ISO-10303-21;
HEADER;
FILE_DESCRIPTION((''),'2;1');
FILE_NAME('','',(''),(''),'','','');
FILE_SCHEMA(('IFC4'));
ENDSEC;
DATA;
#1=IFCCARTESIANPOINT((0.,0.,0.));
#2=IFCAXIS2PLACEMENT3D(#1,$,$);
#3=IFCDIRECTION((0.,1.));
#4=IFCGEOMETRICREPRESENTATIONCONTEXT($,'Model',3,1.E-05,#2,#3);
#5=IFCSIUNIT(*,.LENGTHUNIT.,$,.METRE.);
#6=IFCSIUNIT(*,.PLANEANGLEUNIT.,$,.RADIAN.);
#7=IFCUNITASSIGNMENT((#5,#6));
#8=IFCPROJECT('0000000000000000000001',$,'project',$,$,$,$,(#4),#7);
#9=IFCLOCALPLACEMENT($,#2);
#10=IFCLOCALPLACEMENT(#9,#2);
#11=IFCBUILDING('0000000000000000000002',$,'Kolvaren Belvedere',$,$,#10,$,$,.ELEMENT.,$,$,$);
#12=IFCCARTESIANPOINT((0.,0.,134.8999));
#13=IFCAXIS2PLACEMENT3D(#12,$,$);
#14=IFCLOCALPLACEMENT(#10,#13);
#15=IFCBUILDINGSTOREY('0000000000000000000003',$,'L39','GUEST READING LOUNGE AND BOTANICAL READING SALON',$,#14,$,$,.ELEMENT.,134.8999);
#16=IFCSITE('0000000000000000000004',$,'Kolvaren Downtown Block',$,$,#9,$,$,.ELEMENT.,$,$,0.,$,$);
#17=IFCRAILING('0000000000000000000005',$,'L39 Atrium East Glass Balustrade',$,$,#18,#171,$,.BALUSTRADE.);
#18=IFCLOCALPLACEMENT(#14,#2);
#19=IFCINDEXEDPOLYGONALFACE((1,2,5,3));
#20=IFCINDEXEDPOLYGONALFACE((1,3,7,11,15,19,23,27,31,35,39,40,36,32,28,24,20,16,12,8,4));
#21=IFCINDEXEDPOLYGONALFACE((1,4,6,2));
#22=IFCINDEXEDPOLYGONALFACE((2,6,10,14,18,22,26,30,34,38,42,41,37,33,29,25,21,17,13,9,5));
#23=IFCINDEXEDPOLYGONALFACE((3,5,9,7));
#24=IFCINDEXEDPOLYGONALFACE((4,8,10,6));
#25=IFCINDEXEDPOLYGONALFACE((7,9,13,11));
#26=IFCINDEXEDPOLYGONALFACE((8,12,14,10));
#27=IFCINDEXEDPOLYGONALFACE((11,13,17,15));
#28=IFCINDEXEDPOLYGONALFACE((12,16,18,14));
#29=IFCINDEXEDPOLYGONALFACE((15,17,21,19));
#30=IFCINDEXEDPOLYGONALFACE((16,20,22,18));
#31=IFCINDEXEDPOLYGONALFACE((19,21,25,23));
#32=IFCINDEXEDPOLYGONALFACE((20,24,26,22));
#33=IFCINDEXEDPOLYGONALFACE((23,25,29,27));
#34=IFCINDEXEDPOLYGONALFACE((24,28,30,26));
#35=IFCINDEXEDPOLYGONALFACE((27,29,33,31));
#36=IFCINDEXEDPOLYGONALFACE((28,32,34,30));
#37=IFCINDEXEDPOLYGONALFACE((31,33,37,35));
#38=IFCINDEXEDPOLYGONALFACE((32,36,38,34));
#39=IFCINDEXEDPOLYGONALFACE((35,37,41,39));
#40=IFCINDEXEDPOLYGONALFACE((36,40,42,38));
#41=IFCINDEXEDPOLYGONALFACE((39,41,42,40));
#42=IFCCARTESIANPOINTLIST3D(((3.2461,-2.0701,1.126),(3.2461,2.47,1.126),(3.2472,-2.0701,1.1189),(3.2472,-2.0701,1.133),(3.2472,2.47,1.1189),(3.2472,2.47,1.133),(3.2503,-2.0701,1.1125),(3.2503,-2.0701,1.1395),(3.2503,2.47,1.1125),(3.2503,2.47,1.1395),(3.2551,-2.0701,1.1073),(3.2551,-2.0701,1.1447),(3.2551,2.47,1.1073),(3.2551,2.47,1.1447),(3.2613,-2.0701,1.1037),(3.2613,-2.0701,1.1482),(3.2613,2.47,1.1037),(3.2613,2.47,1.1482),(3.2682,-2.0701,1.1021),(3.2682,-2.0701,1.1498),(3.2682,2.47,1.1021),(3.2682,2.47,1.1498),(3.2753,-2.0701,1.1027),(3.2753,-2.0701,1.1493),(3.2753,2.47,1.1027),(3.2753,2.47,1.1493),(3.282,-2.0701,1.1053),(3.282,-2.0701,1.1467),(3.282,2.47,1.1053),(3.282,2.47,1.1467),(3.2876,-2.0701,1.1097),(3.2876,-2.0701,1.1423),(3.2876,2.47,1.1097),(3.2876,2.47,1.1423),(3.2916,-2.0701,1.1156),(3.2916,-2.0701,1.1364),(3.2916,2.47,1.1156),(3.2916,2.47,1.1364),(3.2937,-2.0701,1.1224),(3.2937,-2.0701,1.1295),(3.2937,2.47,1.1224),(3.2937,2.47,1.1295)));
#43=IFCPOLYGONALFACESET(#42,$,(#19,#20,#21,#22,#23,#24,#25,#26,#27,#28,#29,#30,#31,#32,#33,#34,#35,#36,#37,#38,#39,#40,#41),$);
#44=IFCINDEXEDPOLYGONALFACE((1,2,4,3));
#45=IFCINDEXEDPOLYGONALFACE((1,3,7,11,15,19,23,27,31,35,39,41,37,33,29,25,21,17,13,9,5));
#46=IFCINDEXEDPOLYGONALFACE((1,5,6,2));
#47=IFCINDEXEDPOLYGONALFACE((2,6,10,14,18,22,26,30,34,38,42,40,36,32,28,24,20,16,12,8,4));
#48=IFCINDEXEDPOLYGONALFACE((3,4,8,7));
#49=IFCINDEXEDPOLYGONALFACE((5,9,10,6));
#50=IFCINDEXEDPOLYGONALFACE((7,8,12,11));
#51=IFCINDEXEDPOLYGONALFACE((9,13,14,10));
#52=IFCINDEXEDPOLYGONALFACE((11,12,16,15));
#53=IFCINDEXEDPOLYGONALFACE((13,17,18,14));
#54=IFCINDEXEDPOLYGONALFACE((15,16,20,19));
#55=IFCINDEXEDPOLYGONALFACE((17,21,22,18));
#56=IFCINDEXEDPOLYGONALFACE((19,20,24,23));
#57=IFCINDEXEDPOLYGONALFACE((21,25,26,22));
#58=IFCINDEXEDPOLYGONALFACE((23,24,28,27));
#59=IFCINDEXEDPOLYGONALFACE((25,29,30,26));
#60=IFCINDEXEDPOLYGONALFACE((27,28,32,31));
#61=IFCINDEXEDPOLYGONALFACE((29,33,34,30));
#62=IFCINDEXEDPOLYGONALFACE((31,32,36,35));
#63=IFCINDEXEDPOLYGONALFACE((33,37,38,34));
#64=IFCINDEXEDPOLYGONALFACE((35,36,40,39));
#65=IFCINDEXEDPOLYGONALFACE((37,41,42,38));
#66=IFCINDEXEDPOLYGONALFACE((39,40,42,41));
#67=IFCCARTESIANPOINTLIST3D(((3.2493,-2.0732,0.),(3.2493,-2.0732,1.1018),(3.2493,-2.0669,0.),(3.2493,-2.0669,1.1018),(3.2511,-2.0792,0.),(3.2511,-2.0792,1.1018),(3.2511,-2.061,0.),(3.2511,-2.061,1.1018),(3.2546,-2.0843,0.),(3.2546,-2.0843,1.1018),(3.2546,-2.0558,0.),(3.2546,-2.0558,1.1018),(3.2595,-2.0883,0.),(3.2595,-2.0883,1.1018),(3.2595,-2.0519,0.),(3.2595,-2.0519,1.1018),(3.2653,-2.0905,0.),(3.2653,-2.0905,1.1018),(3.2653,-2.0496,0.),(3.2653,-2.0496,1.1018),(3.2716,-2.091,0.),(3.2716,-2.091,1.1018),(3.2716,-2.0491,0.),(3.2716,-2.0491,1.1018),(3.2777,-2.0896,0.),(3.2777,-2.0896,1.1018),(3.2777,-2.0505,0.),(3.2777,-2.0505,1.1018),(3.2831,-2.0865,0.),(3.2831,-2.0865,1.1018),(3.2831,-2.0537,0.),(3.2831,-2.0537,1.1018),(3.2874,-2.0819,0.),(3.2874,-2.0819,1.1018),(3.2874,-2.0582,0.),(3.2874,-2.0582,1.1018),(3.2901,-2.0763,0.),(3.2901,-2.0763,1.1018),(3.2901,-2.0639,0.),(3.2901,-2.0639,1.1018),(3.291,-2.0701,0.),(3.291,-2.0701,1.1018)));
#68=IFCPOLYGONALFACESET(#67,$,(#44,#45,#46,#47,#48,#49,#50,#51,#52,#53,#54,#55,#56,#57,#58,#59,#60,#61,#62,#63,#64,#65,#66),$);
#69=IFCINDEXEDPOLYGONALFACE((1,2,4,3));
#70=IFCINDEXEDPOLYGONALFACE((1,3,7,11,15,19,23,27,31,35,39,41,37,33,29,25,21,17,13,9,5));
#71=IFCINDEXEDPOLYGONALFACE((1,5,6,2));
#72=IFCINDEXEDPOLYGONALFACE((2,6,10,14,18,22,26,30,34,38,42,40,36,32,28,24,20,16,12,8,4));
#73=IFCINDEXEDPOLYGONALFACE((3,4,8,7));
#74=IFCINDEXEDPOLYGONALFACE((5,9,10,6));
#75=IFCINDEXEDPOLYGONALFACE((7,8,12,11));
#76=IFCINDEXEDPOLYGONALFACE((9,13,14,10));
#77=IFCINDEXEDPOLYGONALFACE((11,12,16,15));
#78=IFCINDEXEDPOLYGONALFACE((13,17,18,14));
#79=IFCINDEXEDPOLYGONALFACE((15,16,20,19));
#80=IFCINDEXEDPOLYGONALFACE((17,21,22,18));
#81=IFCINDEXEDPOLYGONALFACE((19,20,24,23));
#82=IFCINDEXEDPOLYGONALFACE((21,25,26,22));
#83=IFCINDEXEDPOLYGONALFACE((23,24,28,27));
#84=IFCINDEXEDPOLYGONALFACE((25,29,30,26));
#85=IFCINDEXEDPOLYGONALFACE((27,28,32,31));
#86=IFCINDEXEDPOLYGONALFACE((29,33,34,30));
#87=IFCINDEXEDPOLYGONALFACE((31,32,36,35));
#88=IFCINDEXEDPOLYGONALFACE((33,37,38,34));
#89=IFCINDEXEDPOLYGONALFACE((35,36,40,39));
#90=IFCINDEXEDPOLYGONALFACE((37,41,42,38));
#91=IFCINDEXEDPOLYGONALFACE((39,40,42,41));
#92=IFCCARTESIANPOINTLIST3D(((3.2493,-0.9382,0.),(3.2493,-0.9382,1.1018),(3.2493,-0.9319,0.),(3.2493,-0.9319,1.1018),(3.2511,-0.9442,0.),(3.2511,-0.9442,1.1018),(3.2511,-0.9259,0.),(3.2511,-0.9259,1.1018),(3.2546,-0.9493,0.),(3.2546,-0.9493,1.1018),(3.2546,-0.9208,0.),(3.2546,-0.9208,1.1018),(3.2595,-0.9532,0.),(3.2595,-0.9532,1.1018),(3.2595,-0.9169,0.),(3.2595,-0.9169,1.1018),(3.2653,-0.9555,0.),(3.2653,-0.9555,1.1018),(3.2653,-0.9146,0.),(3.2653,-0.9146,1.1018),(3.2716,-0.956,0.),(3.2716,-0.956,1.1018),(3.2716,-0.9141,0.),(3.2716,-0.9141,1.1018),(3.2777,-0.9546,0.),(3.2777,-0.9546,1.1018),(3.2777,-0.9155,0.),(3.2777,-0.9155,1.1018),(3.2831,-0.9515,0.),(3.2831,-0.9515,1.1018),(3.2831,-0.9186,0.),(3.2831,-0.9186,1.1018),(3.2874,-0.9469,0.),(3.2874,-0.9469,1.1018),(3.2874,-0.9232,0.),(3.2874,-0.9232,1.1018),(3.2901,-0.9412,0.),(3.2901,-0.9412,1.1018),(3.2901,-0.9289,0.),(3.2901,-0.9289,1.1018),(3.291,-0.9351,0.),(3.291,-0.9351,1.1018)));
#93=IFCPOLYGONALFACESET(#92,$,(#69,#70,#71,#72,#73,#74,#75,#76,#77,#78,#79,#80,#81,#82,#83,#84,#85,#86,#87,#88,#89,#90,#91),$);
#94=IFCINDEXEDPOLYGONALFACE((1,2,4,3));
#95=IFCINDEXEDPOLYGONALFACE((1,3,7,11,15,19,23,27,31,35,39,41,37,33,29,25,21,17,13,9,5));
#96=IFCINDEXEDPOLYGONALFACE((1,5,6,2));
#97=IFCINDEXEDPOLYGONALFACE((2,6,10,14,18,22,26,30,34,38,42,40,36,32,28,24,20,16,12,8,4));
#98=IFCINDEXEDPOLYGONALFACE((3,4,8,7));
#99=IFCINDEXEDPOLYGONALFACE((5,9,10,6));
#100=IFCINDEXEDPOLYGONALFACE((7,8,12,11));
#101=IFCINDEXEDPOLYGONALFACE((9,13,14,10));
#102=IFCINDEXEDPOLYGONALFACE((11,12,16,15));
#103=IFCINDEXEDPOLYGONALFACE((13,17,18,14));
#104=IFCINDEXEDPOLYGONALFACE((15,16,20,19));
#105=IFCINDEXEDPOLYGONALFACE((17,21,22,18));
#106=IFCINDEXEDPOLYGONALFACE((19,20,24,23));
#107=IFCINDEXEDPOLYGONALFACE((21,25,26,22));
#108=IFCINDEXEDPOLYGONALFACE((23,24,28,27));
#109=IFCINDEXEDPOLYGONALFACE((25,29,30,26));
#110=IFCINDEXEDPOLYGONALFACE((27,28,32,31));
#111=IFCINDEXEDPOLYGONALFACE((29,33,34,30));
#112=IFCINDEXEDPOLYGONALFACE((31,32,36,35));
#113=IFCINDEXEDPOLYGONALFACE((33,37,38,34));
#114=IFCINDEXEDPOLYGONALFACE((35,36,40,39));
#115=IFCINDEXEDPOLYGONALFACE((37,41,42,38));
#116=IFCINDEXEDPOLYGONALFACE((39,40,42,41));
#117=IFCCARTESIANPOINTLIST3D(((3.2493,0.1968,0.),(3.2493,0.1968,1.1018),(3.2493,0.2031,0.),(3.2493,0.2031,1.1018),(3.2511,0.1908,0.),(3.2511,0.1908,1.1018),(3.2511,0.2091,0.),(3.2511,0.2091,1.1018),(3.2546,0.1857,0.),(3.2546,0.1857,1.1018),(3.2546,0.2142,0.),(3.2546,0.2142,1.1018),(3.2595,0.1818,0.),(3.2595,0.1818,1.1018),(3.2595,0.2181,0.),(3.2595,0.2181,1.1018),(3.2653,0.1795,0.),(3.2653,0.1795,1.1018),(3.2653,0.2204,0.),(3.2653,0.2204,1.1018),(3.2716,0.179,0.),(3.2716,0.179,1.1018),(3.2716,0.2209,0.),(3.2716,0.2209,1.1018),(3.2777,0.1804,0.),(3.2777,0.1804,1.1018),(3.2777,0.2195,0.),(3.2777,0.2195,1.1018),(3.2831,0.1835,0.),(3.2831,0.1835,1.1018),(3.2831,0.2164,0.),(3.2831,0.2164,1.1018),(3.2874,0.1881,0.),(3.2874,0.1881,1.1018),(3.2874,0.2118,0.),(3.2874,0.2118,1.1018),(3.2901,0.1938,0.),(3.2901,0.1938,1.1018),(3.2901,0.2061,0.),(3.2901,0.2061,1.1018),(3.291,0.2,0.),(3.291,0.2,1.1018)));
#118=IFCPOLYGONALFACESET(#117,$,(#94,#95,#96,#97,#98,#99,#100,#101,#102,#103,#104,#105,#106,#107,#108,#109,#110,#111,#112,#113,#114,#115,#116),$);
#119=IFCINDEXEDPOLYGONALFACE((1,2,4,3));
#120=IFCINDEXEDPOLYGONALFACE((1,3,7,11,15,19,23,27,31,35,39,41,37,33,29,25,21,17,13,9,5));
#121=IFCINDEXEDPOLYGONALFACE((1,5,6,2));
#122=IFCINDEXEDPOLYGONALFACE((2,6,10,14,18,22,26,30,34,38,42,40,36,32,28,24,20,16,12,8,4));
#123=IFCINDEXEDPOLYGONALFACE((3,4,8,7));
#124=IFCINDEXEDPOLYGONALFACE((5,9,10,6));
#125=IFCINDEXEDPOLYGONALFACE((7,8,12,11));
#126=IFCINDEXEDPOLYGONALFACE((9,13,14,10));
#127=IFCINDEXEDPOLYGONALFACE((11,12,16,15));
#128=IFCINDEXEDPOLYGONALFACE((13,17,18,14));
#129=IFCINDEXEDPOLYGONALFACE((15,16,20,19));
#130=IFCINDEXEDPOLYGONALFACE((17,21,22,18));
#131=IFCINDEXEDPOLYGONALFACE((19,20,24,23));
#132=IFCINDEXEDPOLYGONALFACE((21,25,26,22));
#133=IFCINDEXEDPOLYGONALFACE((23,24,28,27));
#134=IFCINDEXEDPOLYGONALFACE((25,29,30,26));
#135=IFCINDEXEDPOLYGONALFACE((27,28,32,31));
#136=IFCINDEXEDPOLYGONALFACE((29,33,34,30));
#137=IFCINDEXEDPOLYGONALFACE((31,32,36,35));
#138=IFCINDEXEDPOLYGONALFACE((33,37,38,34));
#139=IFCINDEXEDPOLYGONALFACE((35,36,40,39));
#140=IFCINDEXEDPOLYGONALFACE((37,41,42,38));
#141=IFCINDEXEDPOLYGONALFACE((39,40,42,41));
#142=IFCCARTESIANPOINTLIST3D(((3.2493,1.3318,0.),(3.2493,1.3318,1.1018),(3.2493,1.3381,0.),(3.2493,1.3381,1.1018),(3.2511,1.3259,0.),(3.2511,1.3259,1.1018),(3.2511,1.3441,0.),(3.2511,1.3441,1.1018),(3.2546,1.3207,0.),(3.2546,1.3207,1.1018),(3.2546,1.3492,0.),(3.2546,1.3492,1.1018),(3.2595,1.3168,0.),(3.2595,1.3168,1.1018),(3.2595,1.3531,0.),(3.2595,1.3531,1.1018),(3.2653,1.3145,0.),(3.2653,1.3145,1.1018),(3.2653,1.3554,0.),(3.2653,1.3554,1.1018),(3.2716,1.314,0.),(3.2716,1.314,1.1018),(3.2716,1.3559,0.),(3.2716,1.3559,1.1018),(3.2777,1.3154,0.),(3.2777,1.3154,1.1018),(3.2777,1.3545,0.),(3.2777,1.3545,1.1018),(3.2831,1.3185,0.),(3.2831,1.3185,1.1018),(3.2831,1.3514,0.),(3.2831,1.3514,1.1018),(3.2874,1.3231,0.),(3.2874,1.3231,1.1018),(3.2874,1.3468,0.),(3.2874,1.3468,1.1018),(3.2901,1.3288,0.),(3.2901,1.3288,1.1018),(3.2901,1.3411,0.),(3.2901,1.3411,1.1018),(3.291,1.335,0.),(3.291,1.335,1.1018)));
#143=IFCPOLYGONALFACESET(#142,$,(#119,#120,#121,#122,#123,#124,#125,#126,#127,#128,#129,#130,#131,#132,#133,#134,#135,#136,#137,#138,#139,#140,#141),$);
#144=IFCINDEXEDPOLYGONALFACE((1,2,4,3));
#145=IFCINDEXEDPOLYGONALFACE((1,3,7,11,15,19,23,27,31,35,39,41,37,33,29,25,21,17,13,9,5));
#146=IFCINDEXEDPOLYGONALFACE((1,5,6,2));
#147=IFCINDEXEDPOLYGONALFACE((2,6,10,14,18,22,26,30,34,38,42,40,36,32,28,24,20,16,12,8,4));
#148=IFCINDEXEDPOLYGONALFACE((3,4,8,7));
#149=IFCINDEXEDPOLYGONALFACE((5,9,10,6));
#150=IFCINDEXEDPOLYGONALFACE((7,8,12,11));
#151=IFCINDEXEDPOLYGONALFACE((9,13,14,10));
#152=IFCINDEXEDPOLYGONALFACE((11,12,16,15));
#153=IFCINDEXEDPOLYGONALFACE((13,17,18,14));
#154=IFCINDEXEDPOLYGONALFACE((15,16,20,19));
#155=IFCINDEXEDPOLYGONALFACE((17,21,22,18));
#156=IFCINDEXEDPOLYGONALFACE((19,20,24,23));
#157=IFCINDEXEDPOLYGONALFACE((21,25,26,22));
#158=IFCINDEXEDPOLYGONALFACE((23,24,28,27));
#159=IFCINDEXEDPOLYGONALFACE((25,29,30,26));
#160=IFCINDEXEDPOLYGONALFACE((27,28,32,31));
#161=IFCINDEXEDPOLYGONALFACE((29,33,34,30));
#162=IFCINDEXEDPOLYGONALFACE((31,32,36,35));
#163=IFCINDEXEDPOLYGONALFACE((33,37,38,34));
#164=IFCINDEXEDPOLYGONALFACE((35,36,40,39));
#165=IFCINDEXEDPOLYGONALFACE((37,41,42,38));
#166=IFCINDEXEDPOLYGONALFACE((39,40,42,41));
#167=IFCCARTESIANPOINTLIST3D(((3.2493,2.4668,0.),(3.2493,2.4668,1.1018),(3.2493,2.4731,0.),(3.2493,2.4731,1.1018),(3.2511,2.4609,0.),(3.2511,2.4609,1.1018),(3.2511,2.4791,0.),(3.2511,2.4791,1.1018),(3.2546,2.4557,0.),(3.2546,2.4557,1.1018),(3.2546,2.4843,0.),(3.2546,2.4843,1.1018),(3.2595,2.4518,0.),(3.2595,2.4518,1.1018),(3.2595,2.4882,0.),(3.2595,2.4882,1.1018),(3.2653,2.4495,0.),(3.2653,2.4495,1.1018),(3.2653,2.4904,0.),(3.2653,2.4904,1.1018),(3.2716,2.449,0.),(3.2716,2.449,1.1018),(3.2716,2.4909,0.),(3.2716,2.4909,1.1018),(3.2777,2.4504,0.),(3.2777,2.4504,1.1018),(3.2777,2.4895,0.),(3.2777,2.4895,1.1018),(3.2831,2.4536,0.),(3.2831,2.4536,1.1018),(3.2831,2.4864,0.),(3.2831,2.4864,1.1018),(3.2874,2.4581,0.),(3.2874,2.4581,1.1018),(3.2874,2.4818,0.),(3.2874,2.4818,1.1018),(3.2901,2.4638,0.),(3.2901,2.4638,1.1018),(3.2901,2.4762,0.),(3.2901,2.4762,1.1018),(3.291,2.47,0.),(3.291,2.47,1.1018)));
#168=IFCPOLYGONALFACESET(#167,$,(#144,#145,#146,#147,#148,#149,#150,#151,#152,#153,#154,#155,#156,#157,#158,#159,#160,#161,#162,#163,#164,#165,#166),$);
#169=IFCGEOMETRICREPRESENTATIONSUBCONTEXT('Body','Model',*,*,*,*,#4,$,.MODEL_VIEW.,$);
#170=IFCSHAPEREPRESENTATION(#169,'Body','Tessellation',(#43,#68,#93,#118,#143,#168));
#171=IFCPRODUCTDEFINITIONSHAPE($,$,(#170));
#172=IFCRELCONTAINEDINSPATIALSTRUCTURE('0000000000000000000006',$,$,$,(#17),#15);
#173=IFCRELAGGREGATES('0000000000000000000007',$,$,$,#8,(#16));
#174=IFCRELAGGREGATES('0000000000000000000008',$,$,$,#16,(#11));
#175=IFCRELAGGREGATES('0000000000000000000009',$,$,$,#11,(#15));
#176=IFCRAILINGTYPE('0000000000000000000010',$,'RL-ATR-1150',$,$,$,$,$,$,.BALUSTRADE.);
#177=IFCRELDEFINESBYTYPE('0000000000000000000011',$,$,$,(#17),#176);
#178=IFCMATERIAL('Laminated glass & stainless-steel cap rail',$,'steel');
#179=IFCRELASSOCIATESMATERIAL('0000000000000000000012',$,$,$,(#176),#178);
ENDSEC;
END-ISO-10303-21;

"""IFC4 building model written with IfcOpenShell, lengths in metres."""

from ifc_helpers import new_model, si_unit, direction, frame, origin, origin_2d, place, context, subcontext, project, spatial, circle, extrude, material, type_object, element, save


model = new_model("IFC4")

# Units and contexts
model_context = context("Model", 3, precision=1e-05, world=origin(), true_north=direction((0.0, 1.0)))
body_context = subcontext(model_context, "Body", "Model", "MODEL_VIEW")
ifc_project = project(units=[si_unit("LENGTHUNIT", "METRE"), si_unit("PLANEANGLEUNIT", "RADIAN")], contexts=[model_context])

# Site, building, storey
site_placement = place(None, origin())
site = spatial("IfcSite", under=ifc_project, at=site_placement, Name="Kolvaren Downtown Block", CompositionType="ELEMENT", RefElevation=0.0)
building_placement = place(site_placement, origin())
building = spatial("IfcBuilding", under=site, at=building_placement, Name="Kolvaren Belvedere", CompositionType="ELEMENT")
storey_placement = place(building_placement, frame((0.0, 0.0, 134.8999)))
storey = spatial("IfcBuildingStorey", under=building, at=storey_placement, Name="L39", Description="GUEST READING LOUNGE AND BOTANICAL READING SALON", CompositionType="ELEMENT", Elevation=134.8999)

# Railing
ifc_material_1 = material(Name="Laminated glass & stainless-steel cap rail", Category="steel")
railing_type_1 = type_object("IfcRailingType", Name="RL-ATR-1150", PredefinedType="BALUSTRADE", material=ifc_material_1)
railing_1_placement = place(storey_placement, frame((3.27, -2.0701, 0.0)))
element("IfcRailing", 1, at=railing_1_placement, inside=storey, type_object=railing_type_1, Name="L39 Atrium East Glass Balustrade", PredefinedType="BALUSTRADE", context=body_context, shape_type="SweptSolid", body=[
    extrude(circle(Radius=0.0239, at=origin_2d()), frame((0.0, 0.0, 1.126), z_axis=(0.0, 1.0, 0.0), x_axis=(-1.0, 0.0, 0.0)), (0.0, 0.0, 1.0), 4.54),
    extrude(circle(Radius=0.021, at=origin_2d()), origin(), (0.0, 0.0, 1.0), 1.1018),
    extrude(circle(Radius=0.021, at=origin_2d()), frame((0.0, 1.135, 0.0)), (0.0, 0.0, 1.0), 1.1018),
    extrude(circle(Radius=0.021, at=origin_2d()), frame((0.0, 2.27, 0.0)), (0.0, 0.0, 1.0), 1.1018),
    extrude(circle(Radius=0.021, at=origin_2d()), frame((0.0, 3.405, 0.0)), (0.0, 0.0, 1.0), 1.1018),
    extrude(circle(Radius=0.021, at=origin_2d()), frame((0.0, 4.54, 0.0)), (0.0, 0.0, 1.0), 1.1018),
])

save(model, "model.ifc")
